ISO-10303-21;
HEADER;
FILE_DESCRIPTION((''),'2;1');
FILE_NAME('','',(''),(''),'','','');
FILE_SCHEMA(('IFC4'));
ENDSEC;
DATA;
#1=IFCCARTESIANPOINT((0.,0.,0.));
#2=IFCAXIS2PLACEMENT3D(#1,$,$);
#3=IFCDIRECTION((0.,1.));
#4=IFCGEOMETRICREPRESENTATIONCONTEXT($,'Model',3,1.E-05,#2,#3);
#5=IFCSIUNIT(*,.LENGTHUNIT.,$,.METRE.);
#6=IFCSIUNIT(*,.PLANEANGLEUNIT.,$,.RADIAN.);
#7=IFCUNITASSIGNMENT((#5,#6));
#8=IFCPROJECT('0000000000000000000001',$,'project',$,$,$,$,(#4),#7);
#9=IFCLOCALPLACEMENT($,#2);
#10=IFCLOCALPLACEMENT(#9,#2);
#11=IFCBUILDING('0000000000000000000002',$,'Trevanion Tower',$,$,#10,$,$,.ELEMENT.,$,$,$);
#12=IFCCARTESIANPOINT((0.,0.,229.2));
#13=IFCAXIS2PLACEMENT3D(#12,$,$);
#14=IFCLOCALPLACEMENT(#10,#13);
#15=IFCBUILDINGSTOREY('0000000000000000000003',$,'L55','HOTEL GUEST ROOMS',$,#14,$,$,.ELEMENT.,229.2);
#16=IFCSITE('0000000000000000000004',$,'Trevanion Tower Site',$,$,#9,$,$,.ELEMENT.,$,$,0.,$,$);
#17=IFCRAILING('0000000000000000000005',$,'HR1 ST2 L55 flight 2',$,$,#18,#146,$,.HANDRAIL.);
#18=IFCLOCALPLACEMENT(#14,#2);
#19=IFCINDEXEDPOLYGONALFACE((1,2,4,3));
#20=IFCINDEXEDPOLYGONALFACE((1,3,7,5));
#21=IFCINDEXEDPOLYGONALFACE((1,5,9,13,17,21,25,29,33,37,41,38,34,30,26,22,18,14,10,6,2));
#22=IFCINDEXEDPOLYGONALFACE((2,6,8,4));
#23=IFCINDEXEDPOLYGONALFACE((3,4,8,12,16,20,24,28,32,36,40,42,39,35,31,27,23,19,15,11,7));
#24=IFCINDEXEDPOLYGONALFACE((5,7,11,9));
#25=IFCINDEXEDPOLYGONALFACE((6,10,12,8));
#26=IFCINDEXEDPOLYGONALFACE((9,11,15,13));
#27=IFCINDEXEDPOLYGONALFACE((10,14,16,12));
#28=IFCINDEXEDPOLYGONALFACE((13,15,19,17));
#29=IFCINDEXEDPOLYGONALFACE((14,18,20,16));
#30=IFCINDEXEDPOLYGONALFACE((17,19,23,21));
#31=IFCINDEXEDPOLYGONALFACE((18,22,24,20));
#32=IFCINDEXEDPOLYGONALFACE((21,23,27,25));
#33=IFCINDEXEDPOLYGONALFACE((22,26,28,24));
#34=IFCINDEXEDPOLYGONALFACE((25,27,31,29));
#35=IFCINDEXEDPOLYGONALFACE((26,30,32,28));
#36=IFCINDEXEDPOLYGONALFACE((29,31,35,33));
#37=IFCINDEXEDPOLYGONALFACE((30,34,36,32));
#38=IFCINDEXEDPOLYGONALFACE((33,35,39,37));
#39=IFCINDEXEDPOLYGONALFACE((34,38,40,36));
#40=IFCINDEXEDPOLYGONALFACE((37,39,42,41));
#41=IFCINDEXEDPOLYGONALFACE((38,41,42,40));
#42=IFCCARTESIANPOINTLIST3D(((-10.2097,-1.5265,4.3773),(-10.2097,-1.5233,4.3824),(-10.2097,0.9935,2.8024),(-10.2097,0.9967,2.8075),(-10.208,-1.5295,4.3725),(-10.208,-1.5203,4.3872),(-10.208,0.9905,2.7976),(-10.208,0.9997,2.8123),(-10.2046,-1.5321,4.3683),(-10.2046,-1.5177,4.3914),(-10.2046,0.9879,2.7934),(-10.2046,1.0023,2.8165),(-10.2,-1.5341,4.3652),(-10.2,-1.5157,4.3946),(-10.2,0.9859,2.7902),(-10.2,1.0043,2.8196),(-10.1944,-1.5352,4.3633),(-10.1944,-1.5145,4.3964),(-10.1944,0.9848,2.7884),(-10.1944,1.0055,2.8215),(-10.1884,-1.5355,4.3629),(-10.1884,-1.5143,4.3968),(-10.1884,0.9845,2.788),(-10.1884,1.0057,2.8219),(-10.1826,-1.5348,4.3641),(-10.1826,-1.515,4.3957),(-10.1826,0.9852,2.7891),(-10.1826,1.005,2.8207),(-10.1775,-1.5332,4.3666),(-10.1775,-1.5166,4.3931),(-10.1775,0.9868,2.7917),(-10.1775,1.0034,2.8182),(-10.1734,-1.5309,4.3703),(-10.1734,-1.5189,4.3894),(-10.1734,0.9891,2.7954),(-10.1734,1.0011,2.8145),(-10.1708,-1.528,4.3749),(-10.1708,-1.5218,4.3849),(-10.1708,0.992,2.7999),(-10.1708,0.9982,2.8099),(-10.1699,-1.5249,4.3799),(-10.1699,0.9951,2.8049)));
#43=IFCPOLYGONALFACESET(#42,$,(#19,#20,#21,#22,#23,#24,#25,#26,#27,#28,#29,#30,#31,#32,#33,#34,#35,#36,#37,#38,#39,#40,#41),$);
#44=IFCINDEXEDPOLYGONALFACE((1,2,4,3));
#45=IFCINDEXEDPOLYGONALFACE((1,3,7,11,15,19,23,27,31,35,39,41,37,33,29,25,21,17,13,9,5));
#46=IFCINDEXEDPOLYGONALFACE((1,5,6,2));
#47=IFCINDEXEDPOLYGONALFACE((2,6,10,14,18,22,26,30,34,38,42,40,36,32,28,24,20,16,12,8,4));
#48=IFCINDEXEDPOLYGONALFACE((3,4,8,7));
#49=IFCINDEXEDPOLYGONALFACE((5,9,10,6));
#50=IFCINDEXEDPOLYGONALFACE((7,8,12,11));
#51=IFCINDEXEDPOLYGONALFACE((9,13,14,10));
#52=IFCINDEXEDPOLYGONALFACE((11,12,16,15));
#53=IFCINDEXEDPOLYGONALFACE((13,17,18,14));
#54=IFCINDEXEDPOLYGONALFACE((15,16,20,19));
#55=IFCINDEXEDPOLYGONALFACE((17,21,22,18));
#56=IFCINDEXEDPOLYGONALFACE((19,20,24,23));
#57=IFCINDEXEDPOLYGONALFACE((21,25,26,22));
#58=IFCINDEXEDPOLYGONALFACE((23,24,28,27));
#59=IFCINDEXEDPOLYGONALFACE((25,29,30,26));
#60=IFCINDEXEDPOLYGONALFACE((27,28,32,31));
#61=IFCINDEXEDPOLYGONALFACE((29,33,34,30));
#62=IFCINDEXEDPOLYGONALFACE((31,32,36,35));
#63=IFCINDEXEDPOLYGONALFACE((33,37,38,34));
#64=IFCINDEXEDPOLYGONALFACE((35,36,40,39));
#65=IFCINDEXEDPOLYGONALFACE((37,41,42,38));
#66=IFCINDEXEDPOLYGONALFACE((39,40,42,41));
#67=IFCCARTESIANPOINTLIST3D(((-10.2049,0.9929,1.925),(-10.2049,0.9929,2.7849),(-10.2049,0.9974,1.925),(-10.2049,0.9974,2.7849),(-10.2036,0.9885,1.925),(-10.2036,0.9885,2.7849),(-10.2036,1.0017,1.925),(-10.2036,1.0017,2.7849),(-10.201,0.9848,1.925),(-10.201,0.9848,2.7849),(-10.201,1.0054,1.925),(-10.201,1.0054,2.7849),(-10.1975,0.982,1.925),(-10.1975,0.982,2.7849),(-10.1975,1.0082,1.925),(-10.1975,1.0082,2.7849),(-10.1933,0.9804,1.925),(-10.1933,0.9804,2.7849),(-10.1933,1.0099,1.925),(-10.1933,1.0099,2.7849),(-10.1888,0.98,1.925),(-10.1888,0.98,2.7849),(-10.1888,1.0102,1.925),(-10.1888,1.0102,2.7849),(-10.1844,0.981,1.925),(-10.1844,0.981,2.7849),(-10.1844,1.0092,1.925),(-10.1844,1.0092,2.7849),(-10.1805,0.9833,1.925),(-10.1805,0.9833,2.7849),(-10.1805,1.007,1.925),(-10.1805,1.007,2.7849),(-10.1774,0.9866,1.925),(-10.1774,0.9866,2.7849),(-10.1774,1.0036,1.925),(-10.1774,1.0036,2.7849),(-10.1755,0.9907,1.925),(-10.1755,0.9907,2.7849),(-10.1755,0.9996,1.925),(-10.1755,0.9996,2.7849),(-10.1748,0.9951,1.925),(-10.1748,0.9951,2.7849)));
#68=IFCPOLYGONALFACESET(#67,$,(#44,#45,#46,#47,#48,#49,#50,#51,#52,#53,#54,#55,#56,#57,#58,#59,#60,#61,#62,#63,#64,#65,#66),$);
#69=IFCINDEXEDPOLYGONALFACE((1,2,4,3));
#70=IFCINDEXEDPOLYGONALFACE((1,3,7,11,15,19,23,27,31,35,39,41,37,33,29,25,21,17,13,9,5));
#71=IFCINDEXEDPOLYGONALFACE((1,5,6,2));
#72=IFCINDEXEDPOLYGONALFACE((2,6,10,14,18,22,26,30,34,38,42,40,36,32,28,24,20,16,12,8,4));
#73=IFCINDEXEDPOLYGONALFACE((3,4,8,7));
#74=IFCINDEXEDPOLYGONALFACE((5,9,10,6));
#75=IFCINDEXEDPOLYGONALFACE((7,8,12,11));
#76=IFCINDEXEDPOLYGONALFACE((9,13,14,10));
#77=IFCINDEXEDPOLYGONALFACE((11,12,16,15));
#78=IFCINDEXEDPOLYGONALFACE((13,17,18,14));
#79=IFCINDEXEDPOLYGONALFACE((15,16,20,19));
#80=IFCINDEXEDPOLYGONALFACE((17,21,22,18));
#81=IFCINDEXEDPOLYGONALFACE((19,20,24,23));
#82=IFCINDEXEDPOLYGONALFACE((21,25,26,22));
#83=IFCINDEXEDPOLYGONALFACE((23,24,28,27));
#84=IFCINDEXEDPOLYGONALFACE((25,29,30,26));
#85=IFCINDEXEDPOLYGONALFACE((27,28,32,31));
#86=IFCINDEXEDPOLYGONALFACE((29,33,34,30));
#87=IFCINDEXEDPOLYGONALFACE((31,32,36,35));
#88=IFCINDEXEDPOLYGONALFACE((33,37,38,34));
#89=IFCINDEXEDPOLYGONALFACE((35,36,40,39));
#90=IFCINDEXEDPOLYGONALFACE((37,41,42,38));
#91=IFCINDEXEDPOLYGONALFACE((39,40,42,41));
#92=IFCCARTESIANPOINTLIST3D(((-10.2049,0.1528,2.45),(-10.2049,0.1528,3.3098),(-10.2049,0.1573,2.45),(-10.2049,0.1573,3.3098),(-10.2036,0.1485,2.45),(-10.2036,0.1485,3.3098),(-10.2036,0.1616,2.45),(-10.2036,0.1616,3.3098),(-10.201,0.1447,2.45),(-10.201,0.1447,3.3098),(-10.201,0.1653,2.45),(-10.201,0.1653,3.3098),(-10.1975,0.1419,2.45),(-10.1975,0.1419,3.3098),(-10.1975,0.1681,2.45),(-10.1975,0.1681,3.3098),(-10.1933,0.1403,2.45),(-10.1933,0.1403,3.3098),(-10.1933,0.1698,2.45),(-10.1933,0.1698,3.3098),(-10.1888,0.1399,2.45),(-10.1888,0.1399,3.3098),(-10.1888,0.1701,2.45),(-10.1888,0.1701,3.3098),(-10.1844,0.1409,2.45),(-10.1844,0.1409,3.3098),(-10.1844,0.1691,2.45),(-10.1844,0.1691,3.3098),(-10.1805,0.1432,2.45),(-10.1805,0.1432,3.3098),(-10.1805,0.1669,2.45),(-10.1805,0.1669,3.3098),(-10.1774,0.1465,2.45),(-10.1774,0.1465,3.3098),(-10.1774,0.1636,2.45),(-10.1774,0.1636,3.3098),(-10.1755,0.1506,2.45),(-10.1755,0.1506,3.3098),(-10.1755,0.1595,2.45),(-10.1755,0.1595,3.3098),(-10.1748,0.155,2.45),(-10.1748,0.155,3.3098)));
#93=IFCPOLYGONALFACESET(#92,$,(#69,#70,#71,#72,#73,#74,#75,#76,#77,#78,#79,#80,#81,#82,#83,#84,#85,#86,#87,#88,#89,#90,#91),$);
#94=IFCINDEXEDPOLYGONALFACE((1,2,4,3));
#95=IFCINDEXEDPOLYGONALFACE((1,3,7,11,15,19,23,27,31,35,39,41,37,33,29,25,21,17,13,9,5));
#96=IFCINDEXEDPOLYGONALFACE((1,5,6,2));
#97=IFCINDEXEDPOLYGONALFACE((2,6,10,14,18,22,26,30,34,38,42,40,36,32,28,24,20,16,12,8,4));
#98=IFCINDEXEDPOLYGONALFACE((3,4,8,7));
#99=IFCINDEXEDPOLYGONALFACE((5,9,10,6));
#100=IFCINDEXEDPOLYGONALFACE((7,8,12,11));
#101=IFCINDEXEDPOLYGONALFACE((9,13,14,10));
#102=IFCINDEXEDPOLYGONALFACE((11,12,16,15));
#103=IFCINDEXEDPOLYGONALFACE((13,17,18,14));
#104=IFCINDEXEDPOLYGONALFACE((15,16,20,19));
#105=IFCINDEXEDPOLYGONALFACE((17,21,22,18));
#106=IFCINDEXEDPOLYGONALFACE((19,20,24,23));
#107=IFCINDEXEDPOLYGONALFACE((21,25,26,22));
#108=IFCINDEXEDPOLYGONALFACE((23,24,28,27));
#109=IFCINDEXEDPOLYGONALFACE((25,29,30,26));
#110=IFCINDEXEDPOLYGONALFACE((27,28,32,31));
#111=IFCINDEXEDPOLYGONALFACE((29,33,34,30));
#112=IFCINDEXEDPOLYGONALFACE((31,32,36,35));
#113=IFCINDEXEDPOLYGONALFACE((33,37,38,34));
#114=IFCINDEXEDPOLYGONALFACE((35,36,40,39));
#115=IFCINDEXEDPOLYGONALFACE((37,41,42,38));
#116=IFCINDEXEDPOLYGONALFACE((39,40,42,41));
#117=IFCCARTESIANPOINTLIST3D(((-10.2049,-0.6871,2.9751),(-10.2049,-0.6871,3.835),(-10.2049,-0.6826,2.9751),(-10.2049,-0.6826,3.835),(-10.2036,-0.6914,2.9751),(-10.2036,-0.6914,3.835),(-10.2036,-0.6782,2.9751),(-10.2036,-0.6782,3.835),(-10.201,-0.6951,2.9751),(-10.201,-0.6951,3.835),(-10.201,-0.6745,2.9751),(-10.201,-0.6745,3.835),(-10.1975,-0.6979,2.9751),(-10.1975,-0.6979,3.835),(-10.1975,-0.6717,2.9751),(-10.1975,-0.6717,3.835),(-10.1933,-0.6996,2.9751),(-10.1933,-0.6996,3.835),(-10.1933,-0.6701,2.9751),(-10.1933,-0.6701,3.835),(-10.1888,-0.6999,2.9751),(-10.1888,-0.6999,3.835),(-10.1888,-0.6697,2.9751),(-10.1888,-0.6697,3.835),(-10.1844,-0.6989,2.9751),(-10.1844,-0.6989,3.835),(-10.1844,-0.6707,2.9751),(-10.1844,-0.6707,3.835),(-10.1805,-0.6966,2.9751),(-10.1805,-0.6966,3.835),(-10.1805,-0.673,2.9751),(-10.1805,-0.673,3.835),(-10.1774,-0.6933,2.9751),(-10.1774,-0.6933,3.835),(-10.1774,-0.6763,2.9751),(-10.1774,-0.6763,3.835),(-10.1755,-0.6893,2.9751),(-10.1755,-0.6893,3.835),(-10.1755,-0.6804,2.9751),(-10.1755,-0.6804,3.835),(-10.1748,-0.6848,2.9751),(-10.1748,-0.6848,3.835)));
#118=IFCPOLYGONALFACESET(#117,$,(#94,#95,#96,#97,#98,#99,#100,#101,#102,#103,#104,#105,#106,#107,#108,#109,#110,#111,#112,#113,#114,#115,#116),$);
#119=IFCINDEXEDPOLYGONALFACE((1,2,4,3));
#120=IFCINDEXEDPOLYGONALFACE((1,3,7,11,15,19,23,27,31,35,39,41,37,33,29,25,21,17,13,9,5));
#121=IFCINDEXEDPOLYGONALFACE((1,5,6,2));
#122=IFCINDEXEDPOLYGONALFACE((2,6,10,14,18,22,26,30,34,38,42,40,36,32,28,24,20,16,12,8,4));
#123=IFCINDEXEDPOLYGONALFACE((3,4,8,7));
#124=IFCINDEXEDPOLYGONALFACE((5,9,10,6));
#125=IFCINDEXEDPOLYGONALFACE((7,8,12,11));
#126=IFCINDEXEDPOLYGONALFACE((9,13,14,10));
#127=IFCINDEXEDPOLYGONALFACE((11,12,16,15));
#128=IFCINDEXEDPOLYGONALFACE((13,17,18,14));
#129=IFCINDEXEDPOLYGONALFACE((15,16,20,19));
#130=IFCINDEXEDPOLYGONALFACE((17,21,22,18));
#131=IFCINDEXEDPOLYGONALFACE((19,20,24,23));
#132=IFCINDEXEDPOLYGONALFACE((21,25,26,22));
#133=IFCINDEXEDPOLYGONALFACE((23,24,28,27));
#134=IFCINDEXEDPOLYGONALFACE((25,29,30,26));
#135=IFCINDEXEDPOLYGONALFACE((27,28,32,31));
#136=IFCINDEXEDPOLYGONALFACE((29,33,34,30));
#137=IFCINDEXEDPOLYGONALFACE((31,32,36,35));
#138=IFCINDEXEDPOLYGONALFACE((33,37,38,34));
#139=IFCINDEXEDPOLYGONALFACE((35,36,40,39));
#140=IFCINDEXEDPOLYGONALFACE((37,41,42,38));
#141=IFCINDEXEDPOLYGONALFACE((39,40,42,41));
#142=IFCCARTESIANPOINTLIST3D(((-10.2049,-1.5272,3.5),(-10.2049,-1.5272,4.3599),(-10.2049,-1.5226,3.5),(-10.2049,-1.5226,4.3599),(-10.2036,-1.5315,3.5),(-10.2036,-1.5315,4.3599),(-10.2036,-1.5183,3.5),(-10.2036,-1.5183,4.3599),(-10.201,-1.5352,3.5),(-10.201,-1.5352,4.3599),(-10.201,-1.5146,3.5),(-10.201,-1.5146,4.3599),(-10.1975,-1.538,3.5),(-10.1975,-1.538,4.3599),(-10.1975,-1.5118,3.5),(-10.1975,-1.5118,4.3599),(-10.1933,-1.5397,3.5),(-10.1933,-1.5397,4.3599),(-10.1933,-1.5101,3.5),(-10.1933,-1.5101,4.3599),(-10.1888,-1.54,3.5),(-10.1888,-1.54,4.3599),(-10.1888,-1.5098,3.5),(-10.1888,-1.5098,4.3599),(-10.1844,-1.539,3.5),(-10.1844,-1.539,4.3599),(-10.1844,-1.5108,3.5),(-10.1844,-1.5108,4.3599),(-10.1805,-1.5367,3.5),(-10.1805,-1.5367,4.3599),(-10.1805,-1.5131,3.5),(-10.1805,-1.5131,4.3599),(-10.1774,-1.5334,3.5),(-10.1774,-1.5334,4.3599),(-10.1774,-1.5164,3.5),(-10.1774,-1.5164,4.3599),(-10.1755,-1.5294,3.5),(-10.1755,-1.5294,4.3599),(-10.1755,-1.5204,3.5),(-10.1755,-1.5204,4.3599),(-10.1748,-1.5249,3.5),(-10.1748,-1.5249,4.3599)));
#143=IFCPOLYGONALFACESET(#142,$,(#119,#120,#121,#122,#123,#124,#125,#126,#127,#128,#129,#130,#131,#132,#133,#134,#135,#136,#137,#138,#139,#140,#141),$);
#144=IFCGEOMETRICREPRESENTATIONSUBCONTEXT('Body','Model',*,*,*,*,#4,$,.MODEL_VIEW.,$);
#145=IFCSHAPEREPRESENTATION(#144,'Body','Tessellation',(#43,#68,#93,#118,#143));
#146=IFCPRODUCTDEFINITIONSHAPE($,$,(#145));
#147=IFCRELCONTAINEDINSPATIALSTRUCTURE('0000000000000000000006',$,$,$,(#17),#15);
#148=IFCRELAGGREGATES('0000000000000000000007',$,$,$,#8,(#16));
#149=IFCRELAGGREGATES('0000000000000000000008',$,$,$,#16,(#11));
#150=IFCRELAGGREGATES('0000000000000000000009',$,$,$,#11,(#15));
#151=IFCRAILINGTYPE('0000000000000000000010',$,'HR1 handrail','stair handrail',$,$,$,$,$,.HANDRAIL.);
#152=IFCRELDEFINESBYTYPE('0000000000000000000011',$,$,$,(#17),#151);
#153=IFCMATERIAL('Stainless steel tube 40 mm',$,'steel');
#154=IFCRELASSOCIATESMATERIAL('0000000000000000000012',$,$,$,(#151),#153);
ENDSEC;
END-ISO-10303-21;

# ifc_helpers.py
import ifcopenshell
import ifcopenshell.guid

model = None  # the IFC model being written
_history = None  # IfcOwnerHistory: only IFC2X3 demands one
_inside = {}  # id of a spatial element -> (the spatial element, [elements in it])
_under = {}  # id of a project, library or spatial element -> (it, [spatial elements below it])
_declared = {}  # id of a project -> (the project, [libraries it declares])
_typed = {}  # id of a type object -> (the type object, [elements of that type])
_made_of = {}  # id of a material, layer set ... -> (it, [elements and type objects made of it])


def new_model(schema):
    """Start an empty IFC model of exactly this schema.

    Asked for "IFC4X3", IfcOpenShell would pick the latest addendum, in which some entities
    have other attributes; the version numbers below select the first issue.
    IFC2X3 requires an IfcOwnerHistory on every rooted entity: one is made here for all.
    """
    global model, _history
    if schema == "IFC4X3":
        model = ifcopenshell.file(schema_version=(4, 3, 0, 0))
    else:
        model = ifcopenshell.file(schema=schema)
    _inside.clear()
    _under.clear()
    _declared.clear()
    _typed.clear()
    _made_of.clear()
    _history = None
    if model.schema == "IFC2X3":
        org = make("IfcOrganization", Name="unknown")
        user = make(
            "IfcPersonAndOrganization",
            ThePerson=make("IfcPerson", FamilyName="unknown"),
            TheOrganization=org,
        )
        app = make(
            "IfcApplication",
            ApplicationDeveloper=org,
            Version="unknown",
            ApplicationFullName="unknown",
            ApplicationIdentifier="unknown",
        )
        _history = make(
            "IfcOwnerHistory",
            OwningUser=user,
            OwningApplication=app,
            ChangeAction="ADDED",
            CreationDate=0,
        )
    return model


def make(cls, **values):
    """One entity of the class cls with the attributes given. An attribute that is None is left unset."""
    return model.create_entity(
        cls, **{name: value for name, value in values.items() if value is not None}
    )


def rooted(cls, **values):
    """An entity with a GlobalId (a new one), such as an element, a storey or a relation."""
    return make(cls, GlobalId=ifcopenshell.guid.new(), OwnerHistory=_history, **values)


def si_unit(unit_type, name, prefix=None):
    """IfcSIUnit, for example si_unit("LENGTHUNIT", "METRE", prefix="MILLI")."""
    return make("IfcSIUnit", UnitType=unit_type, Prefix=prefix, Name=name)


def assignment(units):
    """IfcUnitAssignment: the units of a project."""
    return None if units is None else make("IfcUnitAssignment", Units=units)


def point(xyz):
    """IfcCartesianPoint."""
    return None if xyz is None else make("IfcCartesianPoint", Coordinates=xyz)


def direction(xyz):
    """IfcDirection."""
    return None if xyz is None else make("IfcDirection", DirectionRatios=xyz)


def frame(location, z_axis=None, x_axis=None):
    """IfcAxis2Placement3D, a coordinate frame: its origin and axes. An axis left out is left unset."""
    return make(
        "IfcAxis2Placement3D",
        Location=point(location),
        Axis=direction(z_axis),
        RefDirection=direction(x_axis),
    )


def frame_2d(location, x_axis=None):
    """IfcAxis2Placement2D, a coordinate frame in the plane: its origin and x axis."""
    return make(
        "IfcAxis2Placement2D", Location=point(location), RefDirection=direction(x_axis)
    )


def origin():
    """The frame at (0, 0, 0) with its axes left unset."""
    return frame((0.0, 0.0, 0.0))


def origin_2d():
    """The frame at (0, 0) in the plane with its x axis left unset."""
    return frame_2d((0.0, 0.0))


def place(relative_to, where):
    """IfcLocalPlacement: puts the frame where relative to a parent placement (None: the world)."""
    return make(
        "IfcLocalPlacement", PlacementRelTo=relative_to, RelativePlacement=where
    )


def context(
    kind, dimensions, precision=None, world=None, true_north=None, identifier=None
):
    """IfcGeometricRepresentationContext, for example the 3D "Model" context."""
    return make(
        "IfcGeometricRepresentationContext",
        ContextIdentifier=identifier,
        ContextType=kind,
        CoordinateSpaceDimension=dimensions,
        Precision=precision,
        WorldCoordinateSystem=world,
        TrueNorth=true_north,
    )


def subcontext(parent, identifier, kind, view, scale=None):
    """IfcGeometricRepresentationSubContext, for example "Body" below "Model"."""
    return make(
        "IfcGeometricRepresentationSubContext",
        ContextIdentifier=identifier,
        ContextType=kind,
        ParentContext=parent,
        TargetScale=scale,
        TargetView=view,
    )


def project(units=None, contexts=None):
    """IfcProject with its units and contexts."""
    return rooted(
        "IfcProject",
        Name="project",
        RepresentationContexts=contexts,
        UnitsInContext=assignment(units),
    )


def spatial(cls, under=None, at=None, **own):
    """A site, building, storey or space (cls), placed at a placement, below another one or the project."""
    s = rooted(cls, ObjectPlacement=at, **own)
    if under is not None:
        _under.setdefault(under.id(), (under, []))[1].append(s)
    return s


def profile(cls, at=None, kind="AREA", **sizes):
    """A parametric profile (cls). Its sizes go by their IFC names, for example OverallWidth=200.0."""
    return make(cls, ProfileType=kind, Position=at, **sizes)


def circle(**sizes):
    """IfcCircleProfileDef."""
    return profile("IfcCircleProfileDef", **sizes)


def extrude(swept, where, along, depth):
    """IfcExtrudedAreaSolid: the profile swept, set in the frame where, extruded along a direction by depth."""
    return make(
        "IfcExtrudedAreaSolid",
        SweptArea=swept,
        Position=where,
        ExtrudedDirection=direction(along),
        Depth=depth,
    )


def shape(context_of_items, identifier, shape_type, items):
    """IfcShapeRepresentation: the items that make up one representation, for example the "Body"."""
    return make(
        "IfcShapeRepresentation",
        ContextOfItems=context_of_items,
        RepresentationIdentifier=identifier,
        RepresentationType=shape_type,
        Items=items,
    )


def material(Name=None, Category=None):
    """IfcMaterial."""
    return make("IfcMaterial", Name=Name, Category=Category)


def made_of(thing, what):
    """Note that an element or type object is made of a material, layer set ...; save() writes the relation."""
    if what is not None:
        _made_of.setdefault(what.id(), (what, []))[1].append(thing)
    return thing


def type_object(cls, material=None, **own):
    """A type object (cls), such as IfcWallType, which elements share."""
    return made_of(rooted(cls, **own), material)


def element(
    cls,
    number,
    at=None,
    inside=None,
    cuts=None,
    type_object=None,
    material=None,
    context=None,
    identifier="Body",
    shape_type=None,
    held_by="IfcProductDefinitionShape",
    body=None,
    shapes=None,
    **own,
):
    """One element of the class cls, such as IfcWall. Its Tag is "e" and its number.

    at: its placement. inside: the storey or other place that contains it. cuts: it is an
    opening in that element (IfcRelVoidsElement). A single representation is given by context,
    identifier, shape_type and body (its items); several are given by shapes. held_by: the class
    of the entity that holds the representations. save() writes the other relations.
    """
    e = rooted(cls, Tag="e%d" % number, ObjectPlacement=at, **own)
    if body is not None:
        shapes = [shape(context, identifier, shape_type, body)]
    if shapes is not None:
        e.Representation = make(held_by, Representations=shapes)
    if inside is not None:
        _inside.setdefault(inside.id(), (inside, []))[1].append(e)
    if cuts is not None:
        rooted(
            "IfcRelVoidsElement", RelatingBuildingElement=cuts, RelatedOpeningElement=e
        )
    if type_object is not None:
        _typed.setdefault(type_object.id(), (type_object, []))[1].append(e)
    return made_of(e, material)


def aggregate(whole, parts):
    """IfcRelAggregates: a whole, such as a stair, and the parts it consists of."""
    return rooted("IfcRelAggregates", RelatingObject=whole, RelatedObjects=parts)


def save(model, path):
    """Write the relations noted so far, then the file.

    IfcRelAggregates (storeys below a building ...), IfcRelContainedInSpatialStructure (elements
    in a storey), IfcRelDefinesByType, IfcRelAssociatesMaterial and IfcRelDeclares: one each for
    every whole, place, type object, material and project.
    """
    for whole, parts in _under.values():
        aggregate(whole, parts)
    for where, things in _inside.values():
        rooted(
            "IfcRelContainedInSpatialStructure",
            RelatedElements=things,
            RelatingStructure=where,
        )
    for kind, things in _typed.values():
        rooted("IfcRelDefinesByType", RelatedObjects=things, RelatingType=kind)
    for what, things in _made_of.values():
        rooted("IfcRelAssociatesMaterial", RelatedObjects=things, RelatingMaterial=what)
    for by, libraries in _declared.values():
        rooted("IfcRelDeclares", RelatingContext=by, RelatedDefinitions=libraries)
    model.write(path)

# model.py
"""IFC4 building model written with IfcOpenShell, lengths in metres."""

from ifc_helpers import new_model, si_unit, direction, frame, origin, origin_2d, place, context, subcontext, project, spatial, circle, extrude, material, type_object, element, save


model = new_model("IFC4")

# Units and contexts
model_context = context("Model", 3, precision=1e-05, world=origin(), true_north=direction((0.0, 1.0)))
body_context = subcontext(model_context, "Body", "Model", "MODEL_VIEW")
ifc_project = project(units=[si_unit("LENGTHUNIT", "METRE"), si_unit("PLANEANGLEUNIT", "RADIAN")], contexts=[model_context])

# Site, building, storey
site_placement = place(None, origin())
site = spatial("IfcSite", under=ifc_project, at=site_placement, Name="Trevanion Tower Site", CompositionType="ELEMENT", RefElevation=0.0)
building_placement = place(site_placement, origin())
building = spatial("IfcBuilding", under=site, at=building_placement, Name="Trevanion Tower", CompositionType="ELEMENT")
storey_placement = place(building_placement, frame((0.0, 0.0, 229.2)))
storey = spatial("IfcBuildingStorey", under=building, at=storey_placement, Name="L55", Description="HOTEL GUEST ROOMS", CompositionType="ELEMENT", Elevation=229.2)

# Railing
ifc_material_1 = material(Name="Stainless steel tube 40 mm", Category="steel")
railing_type = type_object("IfcRailingType", Name="HR1 handrail", Description="stair handrail", PredefinedType="HANDRAIL", material=ifc_material_1)
for number, where, name in (
    (1, (-10.1899, 0.9951, 1.925), "HR1 ST2 L55 flight 2"),
):
    element("IfcRailing", number, at=place(storey_placement, frame(where)), inside=storey, type_object=railing_type, Name=name, PredefinedType="HANDRAIL", context=body_context, shape_type="SweptSolid", body=[
        extrude(circle(Radius=0.02, at=origin_2d()), frame((0.0, 0.0, 0.8799), z_axis=(0.0, -0.848008, 0.529984), x_axis=(1.0, 0.0, 0.0)), (0.0, 0.0, 1.0), 2.9717),
        extrude(circle(Radius=0.0151, at=origin_2d()), origin(), (0.0, 0.0, 1.0), 0.8599),
        extrude(circle(Radius=0.0151, at=origin_2d()), frame((0.0, -0.8401, 0.5249)), (0.0, 0.0, 1.0), 0.8599),
        extrude(circle(Radius=0.0151, at=origin_2d()), frame((0.0, -1.6799, 1.05)), (0.0, 0.0, 1.0), 0.8599),
        extrude(circle(Radius=0.0151, at=origin_2d()), frame((0.0, -2.52, 1.575)), (0.0, 0.0, 1.0), 0.8599),
    ])

save(model, "model.ifc")
